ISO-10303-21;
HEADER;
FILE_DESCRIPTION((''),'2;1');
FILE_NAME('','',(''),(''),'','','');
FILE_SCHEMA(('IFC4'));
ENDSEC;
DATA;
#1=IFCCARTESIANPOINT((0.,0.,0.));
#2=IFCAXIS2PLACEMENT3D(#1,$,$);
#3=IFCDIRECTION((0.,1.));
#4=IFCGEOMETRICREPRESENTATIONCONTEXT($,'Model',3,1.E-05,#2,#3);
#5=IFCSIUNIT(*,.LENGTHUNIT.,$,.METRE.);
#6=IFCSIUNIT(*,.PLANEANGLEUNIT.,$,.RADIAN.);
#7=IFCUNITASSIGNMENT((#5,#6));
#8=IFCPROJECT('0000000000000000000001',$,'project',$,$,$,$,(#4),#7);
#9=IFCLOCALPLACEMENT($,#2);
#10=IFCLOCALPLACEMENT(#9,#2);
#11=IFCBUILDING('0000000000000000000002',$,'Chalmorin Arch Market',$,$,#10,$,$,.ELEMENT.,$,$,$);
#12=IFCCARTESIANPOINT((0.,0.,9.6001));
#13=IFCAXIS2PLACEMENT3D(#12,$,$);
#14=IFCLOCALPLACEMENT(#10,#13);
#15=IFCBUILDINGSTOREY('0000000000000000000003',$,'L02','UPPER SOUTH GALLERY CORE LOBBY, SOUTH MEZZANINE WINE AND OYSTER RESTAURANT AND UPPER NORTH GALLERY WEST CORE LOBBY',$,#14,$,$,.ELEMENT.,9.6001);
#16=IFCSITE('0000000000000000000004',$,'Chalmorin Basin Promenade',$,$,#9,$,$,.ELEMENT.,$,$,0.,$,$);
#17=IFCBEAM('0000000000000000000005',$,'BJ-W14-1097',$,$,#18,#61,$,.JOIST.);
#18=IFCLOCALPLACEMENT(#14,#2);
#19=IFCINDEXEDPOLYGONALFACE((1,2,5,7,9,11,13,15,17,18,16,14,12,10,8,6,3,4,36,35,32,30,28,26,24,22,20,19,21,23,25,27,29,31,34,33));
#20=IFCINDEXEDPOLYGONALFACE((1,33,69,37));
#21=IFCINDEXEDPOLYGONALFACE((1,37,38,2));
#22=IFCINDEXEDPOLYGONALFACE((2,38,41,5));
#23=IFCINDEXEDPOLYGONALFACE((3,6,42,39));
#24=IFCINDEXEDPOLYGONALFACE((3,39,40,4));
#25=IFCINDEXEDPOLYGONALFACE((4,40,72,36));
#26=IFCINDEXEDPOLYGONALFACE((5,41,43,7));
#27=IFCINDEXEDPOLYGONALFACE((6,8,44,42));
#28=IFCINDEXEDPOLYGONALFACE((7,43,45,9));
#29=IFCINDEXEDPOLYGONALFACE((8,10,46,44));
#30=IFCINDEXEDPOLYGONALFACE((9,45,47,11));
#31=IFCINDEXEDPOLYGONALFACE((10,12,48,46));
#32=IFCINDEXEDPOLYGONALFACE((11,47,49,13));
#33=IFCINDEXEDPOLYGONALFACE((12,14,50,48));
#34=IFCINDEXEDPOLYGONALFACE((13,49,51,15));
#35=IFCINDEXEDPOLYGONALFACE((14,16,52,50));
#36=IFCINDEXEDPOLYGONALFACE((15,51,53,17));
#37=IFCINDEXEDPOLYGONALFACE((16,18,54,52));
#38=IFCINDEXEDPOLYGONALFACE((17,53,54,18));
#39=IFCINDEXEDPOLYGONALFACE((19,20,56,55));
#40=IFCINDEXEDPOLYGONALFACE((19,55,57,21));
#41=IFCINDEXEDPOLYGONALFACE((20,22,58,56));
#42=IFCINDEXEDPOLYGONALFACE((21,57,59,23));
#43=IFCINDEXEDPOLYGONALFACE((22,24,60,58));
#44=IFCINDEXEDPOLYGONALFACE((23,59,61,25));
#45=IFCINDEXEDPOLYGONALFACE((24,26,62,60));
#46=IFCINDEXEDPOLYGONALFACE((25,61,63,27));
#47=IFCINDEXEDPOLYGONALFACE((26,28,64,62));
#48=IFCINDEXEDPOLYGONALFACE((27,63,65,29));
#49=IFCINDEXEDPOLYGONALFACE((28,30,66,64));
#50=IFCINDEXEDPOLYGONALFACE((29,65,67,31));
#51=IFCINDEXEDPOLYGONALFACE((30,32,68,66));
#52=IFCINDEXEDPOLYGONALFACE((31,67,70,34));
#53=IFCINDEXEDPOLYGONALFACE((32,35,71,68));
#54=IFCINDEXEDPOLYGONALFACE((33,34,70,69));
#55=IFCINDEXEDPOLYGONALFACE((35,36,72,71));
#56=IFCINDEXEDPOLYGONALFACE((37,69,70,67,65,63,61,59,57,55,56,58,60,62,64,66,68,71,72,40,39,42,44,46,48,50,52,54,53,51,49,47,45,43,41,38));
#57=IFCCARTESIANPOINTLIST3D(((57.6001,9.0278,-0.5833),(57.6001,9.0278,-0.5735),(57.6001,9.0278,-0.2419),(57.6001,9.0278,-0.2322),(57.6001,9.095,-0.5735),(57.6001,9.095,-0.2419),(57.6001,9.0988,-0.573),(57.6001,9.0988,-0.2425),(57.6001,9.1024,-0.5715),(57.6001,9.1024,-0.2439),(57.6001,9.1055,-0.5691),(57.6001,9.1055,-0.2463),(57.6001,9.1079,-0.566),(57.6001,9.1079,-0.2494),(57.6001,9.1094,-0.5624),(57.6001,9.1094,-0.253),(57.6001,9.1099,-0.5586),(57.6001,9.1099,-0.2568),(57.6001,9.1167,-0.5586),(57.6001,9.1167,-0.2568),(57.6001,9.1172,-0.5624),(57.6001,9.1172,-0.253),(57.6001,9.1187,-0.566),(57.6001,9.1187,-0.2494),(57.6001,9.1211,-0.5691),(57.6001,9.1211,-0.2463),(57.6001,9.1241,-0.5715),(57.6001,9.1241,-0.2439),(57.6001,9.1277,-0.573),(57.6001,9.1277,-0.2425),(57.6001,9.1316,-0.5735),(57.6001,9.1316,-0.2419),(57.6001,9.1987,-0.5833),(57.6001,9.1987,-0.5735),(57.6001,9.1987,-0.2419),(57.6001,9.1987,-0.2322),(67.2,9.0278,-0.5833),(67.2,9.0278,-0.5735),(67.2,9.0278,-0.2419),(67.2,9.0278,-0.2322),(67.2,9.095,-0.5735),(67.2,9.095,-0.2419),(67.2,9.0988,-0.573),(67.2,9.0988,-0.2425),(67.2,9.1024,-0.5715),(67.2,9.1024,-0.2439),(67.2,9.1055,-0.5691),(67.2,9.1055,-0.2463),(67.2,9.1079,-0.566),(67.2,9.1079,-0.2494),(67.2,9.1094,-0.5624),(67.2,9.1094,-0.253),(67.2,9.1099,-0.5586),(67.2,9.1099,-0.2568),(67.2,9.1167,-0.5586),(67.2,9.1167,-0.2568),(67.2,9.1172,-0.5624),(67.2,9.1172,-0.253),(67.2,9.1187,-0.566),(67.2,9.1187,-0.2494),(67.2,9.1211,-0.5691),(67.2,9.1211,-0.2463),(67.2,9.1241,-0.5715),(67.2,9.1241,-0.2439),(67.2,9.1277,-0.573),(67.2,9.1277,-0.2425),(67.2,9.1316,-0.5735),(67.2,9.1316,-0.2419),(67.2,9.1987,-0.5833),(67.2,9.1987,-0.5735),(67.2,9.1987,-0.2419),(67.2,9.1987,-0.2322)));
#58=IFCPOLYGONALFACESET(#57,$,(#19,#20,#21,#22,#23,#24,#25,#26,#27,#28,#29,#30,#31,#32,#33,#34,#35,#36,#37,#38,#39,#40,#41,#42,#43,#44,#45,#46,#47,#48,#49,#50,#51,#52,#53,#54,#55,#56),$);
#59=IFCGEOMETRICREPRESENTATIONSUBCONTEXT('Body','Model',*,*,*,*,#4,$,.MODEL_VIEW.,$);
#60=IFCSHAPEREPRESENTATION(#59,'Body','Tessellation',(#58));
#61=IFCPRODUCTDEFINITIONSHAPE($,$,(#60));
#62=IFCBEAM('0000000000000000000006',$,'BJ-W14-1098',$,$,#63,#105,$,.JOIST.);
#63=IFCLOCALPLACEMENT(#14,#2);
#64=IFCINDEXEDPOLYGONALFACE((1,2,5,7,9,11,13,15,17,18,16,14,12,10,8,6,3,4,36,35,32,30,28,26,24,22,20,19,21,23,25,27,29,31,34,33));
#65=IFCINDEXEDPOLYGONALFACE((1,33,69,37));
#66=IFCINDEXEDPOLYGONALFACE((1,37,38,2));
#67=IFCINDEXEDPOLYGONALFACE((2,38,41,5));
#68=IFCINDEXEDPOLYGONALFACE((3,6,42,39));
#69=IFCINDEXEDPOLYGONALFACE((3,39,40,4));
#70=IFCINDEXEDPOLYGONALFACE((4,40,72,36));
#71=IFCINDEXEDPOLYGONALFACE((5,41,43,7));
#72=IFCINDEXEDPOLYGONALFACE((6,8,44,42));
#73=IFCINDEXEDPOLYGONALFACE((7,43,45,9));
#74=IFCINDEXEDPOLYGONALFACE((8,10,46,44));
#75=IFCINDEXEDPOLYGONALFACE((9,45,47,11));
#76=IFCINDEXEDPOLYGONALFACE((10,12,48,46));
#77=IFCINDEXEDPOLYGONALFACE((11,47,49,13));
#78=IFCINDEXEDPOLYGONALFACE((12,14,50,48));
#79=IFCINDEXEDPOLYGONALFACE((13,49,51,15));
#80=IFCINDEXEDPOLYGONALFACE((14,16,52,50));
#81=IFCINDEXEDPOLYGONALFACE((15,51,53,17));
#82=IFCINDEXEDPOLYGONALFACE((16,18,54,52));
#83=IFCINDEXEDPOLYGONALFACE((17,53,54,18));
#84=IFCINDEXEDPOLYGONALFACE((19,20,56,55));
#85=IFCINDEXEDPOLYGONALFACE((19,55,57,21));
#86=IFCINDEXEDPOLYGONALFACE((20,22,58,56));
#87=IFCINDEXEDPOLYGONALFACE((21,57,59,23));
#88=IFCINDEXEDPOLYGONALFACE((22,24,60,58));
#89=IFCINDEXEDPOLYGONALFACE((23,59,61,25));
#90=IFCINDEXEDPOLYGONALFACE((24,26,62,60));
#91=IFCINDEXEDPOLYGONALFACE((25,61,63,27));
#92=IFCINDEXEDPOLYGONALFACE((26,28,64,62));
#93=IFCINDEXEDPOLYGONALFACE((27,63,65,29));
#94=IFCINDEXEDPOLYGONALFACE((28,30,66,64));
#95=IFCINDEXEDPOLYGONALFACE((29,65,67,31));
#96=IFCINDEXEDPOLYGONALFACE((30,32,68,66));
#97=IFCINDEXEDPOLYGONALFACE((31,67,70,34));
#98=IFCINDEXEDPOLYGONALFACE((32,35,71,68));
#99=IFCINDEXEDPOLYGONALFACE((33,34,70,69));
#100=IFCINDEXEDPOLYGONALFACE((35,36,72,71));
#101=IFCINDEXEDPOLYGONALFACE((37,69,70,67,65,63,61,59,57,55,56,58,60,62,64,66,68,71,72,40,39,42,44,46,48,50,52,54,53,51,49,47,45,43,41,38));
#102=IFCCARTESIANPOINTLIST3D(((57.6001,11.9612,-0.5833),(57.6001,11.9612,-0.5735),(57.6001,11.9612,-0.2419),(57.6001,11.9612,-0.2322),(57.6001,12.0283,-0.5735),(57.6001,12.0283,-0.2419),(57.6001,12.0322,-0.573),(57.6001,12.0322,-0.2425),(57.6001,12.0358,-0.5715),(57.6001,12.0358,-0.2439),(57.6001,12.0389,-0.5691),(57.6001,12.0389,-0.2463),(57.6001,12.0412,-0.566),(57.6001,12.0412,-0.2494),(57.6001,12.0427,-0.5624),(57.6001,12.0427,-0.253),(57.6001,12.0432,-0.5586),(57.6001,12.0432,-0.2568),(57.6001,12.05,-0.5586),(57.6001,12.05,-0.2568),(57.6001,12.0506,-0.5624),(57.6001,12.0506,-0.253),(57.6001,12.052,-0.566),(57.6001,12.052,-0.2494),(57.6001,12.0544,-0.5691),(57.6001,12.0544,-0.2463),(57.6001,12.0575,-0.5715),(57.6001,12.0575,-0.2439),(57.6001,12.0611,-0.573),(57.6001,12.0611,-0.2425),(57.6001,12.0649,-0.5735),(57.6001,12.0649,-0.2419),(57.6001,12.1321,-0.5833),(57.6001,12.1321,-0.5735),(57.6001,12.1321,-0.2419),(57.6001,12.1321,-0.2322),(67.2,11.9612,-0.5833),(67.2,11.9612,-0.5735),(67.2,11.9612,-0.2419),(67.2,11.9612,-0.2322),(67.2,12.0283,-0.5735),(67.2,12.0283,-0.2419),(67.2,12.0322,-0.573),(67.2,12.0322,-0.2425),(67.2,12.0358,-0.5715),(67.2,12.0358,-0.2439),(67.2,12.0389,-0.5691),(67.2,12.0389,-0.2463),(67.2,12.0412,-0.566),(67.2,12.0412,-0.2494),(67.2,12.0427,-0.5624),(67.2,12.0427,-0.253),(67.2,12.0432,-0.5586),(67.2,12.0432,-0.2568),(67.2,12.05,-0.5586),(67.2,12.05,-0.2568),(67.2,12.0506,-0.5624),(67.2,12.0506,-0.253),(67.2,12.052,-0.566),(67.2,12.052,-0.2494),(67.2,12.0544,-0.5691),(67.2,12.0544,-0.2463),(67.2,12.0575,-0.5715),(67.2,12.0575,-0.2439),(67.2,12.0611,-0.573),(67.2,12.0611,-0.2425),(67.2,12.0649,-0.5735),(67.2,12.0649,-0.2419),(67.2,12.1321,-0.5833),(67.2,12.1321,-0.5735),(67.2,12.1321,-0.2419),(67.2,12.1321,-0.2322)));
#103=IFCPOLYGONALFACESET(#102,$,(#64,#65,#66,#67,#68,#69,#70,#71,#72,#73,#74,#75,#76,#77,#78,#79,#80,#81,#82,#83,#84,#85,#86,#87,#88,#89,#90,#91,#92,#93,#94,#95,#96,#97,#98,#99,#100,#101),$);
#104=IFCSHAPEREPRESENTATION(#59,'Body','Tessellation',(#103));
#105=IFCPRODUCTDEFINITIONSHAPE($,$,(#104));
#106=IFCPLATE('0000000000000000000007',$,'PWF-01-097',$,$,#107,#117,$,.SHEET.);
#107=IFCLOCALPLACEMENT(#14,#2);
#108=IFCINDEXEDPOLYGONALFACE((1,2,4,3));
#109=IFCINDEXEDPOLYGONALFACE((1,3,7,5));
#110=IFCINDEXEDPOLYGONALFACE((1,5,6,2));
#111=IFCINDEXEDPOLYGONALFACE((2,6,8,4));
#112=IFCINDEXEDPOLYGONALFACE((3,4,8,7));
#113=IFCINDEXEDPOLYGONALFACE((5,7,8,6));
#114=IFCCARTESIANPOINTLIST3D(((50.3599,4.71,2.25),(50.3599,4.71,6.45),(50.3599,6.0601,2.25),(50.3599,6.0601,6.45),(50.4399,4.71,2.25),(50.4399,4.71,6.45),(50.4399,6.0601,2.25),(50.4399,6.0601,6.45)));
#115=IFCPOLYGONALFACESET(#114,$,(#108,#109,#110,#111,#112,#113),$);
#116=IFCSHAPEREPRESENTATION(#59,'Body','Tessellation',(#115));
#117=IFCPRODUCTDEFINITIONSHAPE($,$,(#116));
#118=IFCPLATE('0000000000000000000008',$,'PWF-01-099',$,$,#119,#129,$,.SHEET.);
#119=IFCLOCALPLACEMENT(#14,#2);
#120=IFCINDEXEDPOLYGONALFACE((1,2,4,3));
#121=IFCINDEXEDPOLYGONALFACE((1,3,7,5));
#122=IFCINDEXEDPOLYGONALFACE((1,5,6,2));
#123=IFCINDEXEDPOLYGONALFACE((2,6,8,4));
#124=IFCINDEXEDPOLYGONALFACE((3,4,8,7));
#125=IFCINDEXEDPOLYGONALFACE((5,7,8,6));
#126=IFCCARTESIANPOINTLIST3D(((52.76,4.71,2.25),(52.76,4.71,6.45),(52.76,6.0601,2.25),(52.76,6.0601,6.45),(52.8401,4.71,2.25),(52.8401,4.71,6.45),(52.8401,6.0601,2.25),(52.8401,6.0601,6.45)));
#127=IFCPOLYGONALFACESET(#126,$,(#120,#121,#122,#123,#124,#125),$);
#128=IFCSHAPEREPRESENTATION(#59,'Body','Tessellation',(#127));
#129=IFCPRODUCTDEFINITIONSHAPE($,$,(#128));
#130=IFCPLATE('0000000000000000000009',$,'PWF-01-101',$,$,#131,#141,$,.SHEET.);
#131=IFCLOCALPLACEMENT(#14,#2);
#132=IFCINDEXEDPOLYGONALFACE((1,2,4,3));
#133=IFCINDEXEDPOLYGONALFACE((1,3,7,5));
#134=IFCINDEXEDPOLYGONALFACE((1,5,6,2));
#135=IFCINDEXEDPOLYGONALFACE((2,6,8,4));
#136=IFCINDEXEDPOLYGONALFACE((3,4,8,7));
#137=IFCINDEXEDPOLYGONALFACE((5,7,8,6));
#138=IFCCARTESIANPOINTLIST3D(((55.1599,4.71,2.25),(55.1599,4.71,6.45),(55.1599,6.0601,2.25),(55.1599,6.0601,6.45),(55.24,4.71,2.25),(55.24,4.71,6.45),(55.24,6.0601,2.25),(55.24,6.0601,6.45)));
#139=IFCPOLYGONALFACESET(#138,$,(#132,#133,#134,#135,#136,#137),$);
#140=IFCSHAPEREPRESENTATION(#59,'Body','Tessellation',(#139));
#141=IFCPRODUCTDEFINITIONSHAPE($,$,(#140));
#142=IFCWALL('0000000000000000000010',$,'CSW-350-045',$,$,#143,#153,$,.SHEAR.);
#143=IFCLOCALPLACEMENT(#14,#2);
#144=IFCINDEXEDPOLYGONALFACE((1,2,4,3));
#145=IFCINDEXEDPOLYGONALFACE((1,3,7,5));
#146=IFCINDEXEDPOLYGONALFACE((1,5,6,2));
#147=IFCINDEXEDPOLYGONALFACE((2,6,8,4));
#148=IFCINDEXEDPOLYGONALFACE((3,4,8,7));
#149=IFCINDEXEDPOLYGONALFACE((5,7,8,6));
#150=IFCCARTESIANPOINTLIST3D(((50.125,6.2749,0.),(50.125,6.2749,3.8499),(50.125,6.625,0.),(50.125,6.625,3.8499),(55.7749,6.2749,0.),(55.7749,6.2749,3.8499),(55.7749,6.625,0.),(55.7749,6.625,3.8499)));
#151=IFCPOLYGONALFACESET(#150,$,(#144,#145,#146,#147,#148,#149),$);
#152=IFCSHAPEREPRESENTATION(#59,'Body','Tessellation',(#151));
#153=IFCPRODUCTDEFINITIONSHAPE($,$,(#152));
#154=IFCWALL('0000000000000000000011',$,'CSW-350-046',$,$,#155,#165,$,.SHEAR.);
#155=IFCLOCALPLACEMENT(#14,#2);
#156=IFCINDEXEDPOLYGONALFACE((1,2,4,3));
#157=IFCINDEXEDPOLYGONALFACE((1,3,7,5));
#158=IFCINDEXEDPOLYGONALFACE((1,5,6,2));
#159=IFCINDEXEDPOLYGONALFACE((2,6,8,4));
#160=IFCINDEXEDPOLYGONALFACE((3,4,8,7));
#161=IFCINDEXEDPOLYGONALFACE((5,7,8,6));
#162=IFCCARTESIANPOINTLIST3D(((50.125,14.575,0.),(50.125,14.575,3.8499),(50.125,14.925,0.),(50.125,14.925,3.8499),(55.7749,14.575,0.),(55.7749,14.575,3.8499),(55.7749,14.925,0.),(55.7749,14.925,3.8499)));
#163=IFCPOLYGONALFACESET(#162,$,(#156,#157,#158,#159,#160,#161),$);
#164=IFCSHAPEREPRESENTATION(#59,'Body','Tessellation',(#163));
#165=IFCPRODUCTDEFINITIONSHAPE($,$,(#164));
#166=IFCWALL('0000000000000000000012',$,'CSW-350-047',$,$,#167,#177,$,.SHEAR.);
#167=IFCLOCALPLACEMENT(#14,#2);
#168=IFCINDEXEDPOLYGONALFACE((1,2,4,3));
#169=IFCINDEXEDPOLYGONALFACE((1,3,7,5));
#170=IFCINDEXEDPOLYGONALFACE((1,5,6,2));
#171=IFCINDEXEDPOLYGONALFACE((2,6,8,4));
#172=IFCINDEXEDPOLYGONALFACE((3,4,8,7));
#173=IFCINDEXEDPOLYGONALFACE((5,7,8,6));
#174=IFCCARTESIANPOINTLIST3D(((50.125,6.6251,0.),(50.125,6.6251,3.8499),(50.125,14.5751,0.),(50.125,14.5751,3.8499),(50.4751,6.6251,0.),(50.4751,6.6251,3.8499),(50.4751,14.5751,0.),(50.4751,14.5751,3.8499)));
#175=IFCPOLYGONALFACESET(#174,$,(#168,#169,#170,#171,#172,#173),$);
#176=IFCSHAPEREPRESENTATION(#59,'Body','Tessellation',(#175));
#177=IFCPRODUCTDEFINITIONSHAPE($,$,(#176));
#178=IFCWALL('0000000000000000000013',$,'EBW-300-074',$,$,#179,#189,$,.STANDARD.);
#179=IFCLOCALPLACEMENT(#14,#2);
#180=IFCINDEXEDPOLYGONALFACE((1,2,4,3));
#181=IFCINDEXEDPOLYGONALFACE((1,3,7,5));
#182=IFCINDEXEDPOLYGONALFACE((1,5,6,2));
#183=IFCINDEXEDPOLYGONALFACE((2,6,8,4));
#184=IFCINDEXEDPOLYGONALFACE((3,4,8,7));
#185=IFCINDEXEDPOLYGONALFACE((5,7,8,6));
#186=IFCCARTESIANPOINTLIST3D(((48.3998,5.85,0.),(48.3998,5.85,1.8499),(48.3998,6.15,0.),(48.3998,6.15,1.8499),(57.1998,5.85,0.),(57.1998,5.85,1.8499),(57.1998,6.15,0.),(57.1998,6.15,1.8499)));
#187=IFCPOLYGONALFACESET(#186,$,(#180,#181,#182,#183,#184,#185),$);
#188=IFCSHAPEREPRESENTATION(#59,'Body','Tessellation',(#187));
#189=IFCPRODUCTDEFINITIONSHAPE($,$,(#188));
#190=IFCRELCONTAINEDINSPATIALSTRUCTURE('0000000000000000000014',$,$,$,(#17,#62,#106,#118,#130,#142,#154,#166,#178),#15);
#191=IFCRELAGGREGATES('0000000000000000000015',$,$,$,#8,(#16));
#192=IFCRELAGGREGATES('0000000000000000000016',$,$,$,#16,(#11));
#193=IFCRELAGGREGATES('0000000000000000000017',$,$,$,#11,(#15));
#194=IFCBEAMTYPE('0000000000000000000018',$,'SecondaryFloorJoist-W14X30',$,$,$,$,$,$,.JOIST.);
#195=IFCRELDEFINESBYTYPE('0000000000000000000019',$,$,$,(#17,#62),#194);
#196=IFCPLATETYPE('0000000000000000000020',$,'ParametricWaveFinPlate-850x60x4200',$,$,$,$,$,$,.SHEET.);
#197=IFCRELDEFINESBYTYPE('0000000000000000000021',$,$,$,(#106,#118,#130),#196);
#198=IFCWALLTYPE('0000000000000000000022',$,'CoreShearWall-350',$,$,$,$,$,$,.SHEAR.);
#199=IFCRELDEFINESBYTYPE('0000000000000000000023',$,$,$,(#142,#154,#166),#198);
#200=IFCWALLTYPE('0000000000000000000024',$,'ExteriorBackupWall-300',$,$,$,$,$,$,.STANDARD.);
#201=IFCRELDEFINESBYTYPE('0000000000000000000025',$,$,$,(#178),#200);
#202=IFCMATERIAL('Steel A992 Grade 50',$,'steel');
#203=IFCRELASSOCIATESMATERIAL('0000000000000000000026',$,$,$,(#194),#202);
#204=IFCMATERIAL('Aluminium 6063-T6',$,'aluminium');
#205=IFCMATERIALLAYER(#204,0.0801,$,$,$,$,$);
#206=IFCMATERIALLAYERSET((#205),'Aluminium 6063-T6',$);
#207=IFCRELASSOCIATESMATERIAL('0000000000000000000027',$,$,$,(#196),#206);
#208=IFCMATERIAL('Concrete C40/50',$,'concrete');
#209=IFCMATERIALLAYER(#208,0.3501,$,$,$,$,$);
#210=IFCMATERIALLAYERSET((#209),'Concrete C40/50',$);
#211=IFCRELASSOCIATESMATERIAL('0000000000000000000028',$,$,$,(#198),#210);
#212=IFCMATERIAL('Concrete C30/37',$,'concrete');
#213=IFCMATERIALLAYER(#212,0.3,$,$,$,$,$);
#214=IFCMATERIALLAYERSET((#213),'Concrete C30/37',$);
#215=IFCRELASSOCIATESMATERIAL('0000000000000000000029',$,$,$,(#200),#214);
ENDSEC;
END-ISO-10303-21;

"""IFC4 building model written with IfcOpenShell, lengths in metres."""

from ifc_helpers import new_model, si_unit, direction, frame, frame_2d, origin, origin_2d, place, context, subcontext, project, spatial, rectangle, i_section, extrude, material, layer, layer_set, material_profile, profile_set, type_object, element, save


model = new_model("IFC4")

# Units and contexts
model_context = context("Model", 3, precision=1e-05, world=origin(), true_north=direction((0.0, 1.0)))
body_context = subcontext(model_context, "Body", "Model", "MODEL_VIEW")
ifc_project = project(units=[si_unit("LENGTHUNIT", "METRE"), si_unit("PLANEANGLEUNIT", "RADIAN")], contexts=[model_context])

# Site, building, storey
site_placement = place(None, origin())
site = spatial("IfcSite", under=ifc_project, at=site_placement, Name="Chalmorin Basin Promenade", CompositionType="ELEMENT", RefElevation=0.0)
building_placement = place(site_placement, origin())
building = spatial("IfcBuilding", under=site, at=building_placement, Name="Chalmorin Arch Market", CompositionType="ELEMENT")
storey_placement = place(building_placement, frame((0.0, 0.0, 9.6001)))
storey = spatial("IfcBuildingStorey", under=building, at=storey_placement, Name="L02", Description="UPPER SOUTH GALLERY CORE LOBBY, SOUTH MEZZANINE WINE AND OYSTER RESTAURANT AND UPPER NORTH GALLERY WEST CORE LOBBY", CompositionType="ELEMENT", Elevation=9.6001)

# Shared definitions
ifc_material_1 = material(Name="Concrete C40/50", Category="concrete")

# Beams
ifc_material_2 = material(Name="Steel A992 Grade 50", Category="steel")
ifc_material_profile_1 = material_profile(ifc_material_2, i_section(OverallWidth=0.1709, OverallDepth=0.3511, WebThickness=0.0068, FlangeThickness=0.0098, FilletRadius=0.0149, at=origin_2d()), Name="W14X30")
ifc_profile_set_1 = profile_set([ifc_material_profile_1], Name="Steel A992 Grade 50")
beam_type_1 = type_object("IfcBeamType", Name="SecondaryFloorJoist-W14X30", PredefinedType="JOIST", material=ifc_profile_set_1)
for number, where, z_axis, x_axis, name in (
    (1, (57.6001, 9.1133, -0.4077), (1.0, 0.0, 0.0), (0.0, 1.0, 0.0), "BJ-W14-1097"),
    (2, (57.6001, 12.0466, -0.4077), (1.0, 0.0, 0.0), (0.0, 1.0, 0.0), "BJ-W14-1098"),
):
    element("IfcBeam", number, at=place(storey_placement, frame(where, z_axis=z_axis, x_axis=x_axis)), inside=storey, type_object=beam_type_1, Name=name, PredefinedType="JOIST", context=body_context, shape_type="SweptSolid", body=[
        extrude(i_section(OverallWidth=0.1709, OverallDepth=0.3511, WebThickness=0.0068, FlangeThickness=0.0098, FilletRadius=0.0149, at=origin_2d()), origin(), (0.0, 0.0, 1.0), 9.5999),
    ])

# Plates
ifc_material_3 = material(Name="Aluminium 6063-T6", Category="aluminium")
ifc_layer_1 = layer(ifc_material_3, 0.0801)
ifc_layer_set_1 = layer_set([ifc_layer_1], Name="Aluminium 6063-T6")
plate_type = type_object("IfcPlateType", Name="ParametricWaveFinPlate-850x60x4200", PredefinedType="SHEET", material=ifc_layer_set_1)
for number, where, z_axis, x_axis, name in (
    (3, (50.3999, 5.385, 2.25), (0.0, 0.0, 1.0), (0.0, 1.0, 0.0), "PWF-01-097"),
    (4, (52.8, 5.385, 2.25), (0.0, 0.0, 1.0), (0.0, 1.0, 0.0), "PWF-01-099"),
    (5, (55.2, 5.385, 2.25), (0.0, 0.0, 1.0), (0.0, 1.0, 0.0), "PWF-01-101"),
):
    element("IfcPlate", number, at=place(storey_placement, frame(where, z_axis=z_axis, x_axis=x_axis)), inside=storey, type_object=plate_type, Name=name, PredefinedType="SHEET", context=body_context, shape_type="SweptSolid", body=[
        extrude(rectangle(XDim=1.3501, YDim=0.0801, at=origin_2d()), origin(), (0.0, 0.0, 1.0), 4.2),
    ])

# Walls
ifc_layer_2 = layer(ifc_material_1, 0.3501)
ifc_layer_set_2 = layer_set([ifc_layer_2], Name="Concrete C40/50")
wall_type_1 = type_object("IfcWallType", Name="CoreShearWall-350", PredefinedType="SHEAR", material=ifc_layer_set_2)
for number, where, z_axis, x_axis, name in (
    (6, (55.7749, 6.45, 0.0), (0.0, 0.0, 1.0), (-1.0, 0.0, 0.0), "CSW-350-045"),
    (7, (50.125, 14.75, 0.0), (0.0, 0.0, 1.0), (1.0, 0.0, 0.0), "CSW-350-046"),
):
    element("IfcWall", number, at=place(storey_placement, frame(where, z_axis=z_axis, x_axis=x_axis)), inside=storey, type_object=wall_type_1, Name=name, PredefinedType="SHEAR", context=body_context, shape_type="SweptSolid", body=[
        extrude(rectangle(XDim=5.6499, YDim=0.3501, at=frame_2d((2.825, 0.0))), origin(), (0.0, 0.0, 1.0), 3.8499),
    ])
wall_1_placement = place(storey_placement, frame((50.3, 6.625, 0.0), z_axis=(0.0, 0.0, 1.0), x_axis=(0.0, 1.0, 0.0)))
element("IfcWall", 8, at=wall_1_placement, inside=storey, type_object=wall_type_1, Name="CSW-350-047", PredefinedType="SHEAR", context=body_context, shape_type="SweptSolid", body=[
    extrude(rectangle(XDim=7.95, YDim=0.3501, at=frame_2d((3.9751, 0.0))), origin(), (0.0, 0.0, 1.0), 3.8499),
])

# Wall
ifc_material_4 = material(Name="Concrete C30/37", Category="concrete")
ifc_layer_3 = layer(ifc_material_4, 0.3)
ifc_layer_set_3 = layer_set([ifc_layer_3], Name="Concrete C30/37")
wall_type_2 = type_object("IfcWallType", Name="ExteriorBackupWall-300", PredefinedType="STANDARD", material=ifc_layer_set_3)
wall_2_placement = place(storey_placement, frame((48.3999, 6.0, 0.0), z_axis=(0.0, 0.0, 1.0), x_axis=(1.0, 0.0, 0.0)))
element("IfcWall", 9, at=wall_2_placement, inside=storey, type_object=wall_type_2, Name="EBW-300-074", PredefinedType="STANDARD", context=body_context, shape_type="SweptSolid", body=[
    extrude(rectangle(XDim=8.8, YDim=0.3, at=frame_2d((4.3999, 0.0))), origin(), (0.0, 0.0, 1.0), 1.8499),
])

save(model, "model.ifc")
